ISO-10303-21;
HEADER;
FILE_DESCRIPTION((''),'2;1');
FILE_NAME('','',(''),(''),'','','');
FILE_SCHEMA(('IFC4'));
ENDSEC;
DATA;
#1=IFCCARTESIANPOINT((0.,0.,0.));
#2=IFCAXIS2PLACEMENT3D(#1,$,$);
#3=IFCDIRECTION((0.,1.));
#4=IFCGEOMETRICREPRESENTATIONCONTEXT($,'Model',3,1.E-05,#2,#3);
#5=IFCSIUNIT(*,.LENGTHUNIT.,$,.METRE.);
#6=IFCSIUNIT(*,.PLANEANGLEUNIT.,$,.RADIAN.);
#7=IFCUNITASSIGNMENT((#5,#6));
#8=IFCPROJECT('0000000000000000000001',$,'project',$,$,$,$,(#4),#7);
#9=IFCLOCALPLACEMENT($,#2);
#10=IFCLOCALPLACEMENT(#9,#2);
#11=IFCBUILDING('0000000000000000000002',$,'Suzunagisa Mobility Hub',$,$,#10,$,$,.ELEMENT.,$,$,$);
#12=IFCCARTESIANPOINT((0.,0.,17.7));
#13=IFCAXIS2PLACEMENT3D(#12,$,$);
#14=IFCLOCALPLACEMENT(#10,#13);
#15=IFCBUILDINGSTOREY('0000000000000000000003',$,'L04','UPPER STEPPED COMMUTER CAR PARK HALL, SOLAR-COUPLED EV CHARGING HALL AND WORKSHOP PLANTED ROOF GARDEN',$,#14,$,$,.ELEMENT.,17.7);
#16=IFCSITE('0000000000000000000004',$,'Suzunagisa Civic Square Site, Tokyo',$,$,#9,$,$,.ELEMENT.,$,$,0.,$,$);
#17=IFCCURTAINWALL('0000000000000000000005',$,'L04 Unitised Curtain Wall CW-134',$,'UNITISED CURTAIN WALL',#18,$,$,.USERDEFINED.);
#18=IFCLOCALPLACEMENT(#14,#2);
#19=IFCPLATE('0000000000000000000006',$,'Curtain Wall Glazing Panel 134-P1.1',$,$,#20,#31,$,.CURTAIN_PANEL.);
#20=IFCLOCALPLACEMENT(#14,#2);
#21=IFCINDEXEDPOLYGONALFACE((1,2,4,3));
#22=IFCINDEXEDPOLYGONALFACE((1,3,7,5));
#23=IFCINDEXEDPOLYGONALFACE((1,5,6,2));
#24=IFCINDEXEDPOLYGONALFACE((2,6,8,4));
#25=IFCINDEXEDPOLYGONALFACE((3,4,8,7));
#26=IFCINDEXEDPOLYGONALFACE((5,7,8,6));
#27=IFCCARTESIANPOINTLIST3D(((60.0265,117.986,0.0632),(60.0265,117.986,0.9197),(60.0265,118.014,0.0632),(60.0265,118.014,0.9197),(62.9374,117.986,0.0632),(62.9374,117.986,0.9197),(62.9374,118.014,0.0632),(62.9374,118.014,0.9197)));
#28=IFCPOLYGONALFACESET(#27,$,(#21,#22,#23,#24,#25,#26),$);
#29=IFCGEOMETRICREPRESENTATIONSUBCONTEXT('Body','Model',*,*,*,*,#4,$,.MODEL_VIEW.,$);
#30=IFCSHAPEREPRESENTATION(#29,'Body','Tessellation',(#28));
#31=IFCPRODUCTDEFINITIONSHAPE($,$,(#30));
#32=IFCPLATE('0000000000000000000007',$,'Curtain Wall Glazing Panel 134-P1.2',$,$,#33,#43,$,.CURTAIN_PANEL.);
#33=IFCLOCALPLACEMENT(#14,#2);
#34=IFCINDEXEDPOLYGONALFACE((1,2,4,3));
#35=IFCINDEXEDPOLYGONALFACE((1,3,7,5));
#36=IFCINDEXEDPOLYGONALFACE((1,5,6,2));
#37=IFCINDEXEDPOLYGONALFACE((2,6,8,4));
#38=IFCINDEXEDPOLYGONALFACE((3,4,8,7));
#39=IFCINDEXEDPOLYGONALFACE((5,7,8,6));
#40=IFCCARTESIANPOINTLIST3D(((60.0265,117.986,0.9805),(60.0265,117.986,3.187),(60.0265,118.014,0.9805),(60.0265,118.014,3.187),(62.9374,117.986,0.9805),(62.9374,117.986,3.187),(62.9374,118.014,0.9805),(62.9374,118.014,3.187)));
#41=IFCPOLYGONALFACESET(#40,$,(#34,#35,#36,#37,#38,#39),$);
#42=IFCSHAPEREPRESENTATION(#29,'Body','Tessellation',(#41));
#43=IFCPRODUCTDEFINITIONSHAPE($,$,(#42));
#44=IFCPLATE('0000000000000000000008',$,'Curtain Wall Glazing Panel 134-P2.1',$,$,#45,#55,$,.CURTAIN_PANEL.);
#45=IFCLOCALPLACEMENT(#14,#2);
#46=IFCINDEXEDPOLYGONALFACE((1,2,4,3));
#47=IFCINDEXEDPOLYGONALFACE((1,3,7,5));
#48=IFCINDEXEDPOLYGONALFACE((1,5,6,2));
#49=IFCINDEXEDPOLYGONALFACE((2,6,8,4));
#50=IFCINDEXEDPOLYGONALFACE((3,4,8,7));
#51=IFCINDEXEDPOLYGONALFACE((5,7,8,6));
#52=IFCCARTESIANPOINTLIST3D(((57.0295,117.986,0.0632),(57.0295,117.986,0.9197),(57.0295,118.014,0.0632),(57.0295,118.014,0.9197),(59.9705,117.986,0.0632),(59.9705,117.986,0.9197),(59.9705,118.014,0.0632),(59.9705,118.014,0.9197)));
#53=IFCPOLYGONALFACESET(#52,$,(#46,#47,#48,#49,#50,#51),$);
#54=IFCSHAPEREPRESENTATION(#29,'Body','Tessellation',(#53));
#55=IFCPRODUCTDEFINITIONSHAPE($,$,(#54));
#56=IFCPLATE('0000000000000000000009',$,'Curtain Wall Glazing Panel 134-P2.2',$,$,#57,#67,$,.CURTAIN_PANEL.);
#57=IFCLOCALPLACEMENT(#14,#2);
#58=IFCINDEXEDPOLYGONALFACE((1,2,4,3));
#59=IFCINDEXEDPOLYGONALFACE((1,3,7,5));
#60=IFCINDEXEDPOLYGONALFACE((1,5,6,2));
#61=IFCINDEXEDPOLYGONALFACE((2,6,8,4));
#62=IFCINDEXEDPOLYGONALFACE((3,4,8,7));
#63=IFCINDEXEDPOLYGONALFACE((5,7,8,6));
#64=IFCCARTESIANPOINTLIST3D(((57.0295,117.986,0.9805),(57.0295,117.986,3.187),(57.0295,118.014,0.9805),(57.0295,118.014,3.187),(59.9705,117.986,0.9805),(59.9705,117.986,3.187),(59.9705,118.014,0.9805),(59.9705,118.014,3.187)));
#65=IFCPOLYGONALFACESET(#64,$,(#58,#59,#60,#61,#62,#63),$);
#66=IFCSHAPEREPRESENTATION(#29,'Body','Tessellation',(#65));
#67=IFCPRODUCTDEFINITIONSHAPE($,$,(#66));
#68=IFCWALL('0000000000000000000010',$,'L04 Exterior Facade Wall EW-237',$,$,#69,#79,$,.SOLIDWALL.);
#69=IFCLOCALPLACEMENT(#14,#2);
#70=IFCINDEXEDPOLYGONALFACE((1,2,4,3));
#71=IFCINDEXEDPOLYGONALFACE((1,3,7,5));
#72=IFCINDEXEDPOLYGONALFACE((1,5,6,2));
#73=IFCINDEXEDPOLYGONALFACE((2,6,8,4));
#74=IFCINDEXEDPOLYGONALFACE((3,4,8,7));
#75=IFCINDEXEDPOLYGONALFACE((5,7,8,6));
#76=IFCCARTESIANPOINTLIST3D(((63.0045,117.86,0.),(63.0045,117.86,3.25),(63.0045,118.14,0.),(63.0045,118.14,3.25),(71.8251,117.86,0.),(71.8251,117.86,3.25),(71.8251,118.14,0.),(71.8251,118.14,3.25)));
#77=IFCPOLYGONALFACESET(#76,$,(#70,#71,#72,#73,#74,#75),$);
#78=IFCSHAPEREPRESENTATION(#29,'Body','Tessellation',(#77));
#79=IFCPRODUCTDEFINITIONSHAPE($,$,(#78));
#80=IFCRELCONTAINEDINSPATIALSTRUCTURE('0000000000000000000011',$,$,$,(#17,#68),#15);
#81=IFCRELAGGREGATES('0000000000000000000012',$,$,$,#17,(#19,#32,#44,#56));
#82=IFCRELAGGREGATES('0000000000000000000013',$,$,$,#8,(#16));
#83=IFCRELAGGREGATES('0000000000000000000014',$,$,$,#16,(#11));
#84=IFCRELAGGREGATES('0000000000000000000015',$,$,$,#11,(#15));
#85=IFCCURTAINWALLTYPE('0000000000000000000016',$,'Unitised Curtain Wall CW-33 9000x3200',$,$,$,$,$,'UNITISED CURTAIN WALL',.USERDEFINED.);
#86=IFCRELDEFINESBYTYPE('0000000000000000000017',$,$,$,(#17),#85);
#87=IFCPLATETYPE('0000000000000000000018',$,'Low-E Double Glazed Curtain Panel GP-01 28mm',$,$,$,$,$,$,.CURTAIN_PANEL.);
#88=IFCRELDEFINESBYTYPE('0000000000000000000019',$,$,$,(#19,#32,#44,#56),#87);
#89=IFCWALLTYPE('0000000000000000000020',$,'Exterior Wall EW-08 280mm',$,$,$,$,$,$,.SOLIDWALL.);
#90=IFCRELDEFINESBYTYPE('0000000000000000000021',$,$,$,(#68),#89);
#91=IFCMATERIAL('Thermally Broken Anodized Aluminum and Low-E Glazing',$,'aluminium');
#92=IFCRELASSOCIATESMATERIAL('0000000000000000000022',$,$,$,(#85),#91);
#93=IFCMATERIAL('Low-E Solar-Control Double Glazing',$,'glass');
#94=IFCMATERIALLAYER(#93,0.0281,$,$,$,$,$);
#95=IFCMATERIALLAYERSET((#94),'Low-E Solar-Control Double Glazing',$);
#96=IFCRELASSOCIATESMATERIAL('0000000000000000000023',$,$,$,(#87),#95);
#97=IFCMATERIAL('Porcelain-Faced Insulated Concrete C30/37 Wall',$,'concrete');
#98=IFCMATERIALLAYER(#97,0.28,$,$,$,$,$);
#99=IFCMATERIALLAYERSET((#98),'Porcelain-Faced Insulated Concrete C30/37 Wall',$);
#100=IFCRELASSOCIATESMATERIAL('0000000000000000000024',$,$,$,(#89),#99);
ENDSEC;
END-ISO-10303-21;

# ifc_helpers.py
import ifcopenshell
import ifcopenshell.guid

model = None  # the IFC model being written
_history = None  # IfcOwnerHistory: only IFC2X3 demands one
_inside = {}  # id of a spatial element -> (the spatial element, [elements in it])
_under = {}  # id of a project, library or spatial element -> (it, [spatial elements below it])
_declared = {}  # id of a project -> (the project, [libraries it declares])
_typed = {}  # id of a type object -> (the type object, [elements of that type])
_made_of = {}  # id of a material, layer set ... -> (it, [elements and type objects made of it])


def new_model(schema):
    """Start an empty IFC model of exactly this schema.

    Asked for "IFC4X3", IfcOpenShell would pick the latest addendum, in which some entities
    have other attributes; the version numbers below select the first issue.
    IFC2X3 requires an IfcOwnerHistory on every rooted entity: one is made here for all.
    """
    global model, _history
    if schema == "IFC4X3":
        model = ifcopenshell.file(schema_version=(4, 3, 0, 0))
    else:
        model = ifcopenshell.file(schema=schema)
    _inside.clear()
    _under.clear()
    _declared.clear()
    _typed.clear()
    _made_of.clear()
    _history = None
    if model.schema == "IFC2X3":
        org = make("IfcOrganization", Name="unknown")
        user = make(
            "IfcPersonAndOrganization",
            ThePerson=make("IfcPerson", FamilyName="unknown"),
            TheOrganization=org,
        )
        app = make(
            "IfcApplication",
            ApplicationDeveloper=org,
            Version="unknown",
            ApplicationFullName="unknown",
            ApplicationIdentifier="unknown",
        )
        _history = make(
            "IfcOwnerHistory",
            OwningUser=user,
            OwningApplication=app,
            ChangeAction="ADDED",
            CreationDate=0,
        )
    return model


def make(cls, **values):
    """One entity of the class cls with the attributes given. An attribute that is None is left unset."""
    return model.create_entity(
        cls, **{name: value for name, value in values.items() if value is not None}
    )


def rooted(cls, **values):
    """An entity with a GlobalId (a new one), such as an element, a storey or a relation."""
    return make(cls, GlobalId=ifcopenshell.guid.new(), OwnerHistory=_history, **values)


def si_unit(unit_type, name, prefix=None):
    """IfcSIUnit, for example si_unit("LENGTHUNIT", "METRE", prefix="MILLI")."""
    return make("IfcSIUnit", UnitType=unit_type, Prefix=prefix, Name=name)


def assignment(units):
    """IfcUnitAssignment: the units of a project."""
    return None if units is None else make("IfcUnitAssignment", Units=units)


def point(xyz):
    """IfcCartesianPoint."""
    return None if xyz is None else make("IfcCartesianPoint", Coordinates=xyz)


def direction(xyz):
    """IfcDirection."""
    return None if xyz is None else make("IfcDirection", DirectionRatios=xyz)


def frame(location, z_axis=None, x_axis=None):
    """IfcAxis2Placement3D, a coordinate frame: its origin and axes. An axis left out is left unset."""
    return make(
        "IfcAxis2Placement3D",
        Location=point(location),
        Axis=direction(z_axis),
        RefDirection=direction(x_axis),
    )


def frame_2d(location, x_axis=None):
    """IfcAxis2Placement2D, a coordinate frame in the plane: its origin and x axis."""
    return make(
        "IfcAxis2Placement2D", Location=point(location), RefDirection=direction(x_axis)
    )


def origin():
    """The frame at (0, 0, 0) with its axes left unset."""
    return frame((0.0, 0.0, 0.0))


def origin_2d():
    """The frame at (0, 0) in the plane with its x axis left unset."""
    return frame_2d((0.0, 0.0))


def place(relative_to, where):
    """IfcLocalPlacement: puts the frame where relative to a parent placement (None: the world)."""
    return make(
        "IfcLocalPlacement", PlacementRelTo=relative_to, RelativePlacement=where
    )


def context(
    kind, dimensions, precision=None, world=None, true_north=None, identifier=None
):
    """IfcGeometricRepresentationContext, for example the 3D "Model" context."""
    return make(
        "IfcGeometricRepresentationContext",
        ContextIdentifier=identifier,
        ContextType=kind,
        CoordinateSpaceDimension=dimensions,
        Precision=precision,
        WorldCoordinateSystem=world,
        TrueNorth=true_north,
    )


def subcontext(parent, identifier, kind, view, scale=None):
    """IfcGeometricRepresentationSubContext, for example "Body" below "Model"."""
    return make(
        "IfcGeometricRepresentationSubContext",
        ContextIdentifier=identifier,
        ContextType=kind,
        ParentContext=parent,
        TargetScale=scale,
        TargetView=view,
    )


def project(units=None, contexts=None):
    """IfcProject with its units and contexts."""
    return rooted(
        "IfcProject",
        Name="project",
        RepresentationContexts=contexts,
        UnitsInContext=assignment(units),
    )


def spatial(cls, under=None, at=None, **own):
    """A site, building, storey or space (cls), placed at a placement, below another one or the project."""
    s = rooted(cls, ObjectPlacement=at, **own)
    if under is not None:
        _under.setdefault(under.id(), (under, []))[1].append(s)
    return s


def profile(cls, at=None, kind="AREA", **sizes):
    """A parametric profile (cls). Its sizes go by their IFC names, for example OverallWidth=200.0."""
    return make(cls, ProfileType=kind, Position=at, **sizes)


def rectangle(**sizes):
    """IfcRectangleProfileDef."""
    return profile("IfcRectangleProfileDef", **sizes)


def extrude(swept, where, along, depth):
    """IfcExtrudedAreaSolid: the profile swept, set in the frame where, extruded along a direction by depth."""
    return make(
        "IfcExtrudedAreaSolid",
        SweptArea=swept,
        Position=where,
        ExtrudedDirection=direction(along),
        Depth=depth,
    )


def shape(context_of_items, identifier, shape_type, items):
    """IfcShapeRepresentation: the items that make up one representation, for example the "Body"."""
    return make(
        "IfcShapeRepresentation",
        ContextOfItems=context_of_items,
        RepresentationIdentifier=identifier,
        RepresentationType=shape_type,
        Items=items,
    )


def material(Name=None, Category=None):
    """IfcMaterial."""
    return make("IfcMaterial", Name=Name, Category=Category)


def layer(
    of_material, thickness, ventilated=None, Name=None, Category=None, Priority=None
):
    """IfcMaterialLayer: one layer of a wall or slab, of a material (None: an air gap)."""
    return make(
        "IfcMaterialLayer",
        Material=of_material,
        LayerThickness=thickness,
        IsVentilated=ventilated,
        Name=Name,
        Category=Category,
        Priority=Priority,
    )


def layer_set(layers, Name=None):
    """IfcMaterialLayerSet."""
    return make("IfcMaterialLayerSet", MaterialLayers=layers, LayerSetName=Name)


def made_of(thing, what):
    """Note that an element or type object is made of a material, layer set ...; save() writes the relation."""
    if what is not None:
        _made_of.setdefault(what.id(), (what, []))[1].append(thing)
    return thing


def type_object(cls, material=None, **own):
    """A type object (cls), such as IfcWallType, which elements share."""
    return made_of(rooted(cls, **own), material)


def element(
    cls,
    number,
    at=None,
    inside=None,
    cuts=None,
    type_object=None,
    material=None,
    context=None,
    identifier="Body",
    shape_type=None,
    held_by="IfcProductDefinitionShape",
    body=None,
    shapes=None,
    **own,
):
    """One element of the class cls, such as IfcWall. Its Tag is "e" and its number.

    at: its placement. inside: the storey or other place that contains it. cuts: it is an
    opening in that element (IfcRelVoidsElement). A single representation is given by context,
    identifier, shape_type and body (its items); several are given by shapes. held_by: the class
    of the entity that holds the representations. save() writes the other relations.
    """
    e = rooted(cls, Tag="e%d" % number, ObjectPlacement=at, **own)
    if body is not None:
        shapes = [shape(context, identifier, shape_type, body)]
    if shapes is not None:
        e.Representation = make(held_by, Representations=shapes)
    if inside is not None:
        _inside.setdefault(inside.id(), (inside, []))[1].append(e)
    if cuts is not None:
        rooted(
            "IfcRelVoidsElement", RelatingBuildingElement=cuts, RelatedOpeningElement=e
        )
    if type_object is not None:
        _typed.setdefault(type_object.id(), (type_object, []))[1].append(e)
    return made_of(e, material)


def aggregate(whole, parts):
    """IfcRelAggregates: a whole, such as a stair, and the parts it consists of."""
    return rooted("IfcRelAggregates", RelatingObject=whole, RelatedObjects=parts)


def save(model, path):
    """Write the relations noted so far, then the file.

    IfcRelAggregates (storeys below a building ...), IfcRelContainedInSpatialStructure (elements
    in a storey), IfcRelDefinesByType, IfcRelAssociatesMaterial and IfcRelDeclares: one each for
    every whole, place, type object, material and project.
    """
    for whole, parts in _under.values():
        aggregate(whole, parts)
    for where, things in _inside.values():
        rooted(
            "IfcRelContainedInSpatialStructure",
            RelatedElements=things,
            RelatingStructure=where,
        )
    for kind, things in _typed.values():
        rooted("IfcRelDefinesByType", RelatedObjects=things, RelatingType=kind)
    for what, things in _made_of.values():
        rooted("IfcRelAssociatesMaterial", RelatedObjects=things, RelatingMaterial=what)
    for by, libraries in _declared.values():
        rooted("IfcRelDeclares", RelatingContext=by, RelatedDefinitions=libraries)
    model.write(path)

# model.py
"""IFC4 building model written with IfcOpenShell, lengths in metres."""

from ifc_helpers import new_model, si_unit, direction, frame, frame_2d, origin, origin_2d, place, context, subcontext, project, spatial, rectangle, extrude, material, layer, layer_set, type_object, element, aggregate, save


model = new_model("IFC4")

# Units and contexts
model_context = context("Model", 3, precision=1e-05, world=origin(), true_north=direction((0.0, 1.0)))
body_context = subcontext(model_context, "Body", "Model", "MODEL_VIEW")
ifc_project = project(units=[si_unit("LENGTHUNIT", "METRE"), si_unit("PLANEANGLEUNIT", "RADIAN")], contexts=[model_context])

# Site, building, storey
site_placement = place(None, origin())
site = spatial("IfcSite", under=ifc_project, at=site_placement, Name="Suzunagisa Civic Square Site, Tokyo", CompositionType="ELEMENT", RefElevation=0.0)
building_placement = place(site_placement, origin())
building = spatial("IfcBuilding", under=site, at=building_placement, Name="Suzunagisa Mobility Hub", CompositionType="ELEMENT")
storey_placement = place(building_placement, frame((0.0, 0.0, 17.7)))
storey = spatial("IfcBuildingStorey", under=building, at=storey_placement, Name="L04", Description="UPPER STEPPED COMMUTER CAR PARK HALL, SOLAR-COUPLED EV CHARGING HALL AND WORKSHOP PLANTED ROOF GARDEN", CompositionType="ELEMENT", Elevation=17.7)

# Curtain wall
ifc_material_1 = material(Name="Thermally Broken Anodized Aluminum and Low-E Glazing", Category="aluminium")
curtain_wall_type = type_object("IfcCurtainWallType", Name="Unitised Curtain Wall CW-33 9000x3200", ElementType="UNITISED CURTAIN WALL", PredefinedType="USERDEFINED", material=ifc_material_1)
curtain_wall_placement = place(storey_placement, origin())
curtain_wall = element("IfcCurtainWall", 1, at=curtain_wall_placement, inside=storey, type_object=curtain_wall_type, Name="L04 Unitised Curtain Wall CW-134", ObjectType="UNITISED CURTAIN WALL", PredefinedType="USERDEFINED")

# Plates
ifc_material_2 = material(Name="Low-E Solar-Control Double Glazing", Category="glass")
ifc_layer_1 = layer(ifc_material_2, 0.0281)
ifc_layer_set_1 = layer_set([ifc_layer_1], Name="Low-E Solar-Control Double Glazing")
plate_type = type_object("IfcPlateType", Name="Low-E Double Glazed Curtain Panel GP-01 28mm", PredefinedType="CURTAIN_PANEL", material=ifc_layer_set_1)
plate_1_placement = place(storey_placement, frame((61.4819, 118.0, 0.0632), z_axis=(0.0, 0.0, 1.0), x_axis=(-1.0, 0.0, 0.0)))
plate_1 = element("IfcPlate", 2, at=plate_1_placement, type_object=plate_type, Name="Curtain Wall Glazing Panel 134-P1.1", PredefinedType="CURTAIN_PANEL", context=body_context, shape_type="SweptSolid", body=[
    extrude(rectangle(XDim=2.9109, YDim=0.0281, at=origin_2d()), origin(), (0.0, 0.0, 1.0), 0.8564),
])
plate_2_placement = place(storey_placement, frame((61.4819, 118.0, 0.9805), z_axis=(0.0, 0.0, 1.0), x_axis=(-1.0, 0.0, 0.0)))
plate_2 = element("IfcPlate", 3, at=plate_2_placement, type_object=plate_type, Name="Curtain Wall Glazing Panel 134-P1.2", PredefinedType="CURTAIN_PANEL", context=body_context, shape_type="SweptSolid", body=[
    extrude(rectangle(XDim=2.9109, YDim=0.0281, at=origin_2d()), origin(), (0.0, 0.0, 1.0), 2.2065),
])
plate_3_placement = place(storey_placement, frame((58.5, 118.0, 0.0632), z_axis=(0.0, 0.0, 1.0), x_axis=(-1.0, 0.0, 0.0)))
plate_3 = element("IfcPlate", 4, at=plate_3_placement, type_object=plate_type, Name="Curtain Wall Glazing Panel 134-P2.1", PredefinedType="CURTAIN_PANEL", context=body_context, shape_type="SweptSolid", body=[
    extrude(rectangle(XDim=2.9409, YDim=0.0281, at=origin_2d()), origin(), (0.0, 0.0, 1.0), 0.8564),
])
plate_4_placement = place(storey_placement, frame((58.5, 118.0, 0.9805), z_axis=(0.0, 0.0, 1.0), x_axis=(-1.0, 0.0, 0.0)))
plate_4 = element("IfcPlate", 5, at=plate_4_placement, type_object=plate_type, Name="Curtain Wall Glazing Panel 134-P2.2", PredefinedType="CURTAIN_PANEL", context=body_context, shape_type="SweptSolid", body=[
    extrude(rectangle(XDim=2.9409, YDim=0.0281, at=origin_2d()), origin(), (0.0, 0.0, 1.0), 2.2065),
])
aggregate(curtain_wall, [plate_1, plate_2, plate_3, plate_4])

# Wall
ifc_material_3 = material(Name="Porcelain-Faced Insulated Concrete C30/37 Wall", Category="concrete")
ifc_layer_2 = layer(ifc_material_3, 0.28)
ifc_layer_set_2 = layer_set([ifc_layer_2], Name="Porcelain-Faced Insulated Concrete C30/37 Wall")
wall_type = type_object("IfcWallType", Name="Exterior Wall EW-08 280mm", PredefinedType="SOLIDWALL", material=ifc_layer_set_2)
wall_placement = place(storey_placement, frame((71.825, 118.0, 0.0), z_axis=(0.0, 0.0, 1.0), x_axis=(-1.0, 0.0, 0.0)))
element("IfcWall", 6, at=wall_placement, inside=storey, type_object=wall_type, Name="L04 Exterior Facade Wall EW-237", PredefinedType="SOLIDWALL", context=body_context, shape_type="SweptSolid", body=[
    extrude(rectangle(XDim=8.8206, YDim=0.28, at=frame_2d((4.4102, 0.0))), origin(), (0.0, 0.0, 1.0), 3.25),
])

save(model, "model.ifc")
